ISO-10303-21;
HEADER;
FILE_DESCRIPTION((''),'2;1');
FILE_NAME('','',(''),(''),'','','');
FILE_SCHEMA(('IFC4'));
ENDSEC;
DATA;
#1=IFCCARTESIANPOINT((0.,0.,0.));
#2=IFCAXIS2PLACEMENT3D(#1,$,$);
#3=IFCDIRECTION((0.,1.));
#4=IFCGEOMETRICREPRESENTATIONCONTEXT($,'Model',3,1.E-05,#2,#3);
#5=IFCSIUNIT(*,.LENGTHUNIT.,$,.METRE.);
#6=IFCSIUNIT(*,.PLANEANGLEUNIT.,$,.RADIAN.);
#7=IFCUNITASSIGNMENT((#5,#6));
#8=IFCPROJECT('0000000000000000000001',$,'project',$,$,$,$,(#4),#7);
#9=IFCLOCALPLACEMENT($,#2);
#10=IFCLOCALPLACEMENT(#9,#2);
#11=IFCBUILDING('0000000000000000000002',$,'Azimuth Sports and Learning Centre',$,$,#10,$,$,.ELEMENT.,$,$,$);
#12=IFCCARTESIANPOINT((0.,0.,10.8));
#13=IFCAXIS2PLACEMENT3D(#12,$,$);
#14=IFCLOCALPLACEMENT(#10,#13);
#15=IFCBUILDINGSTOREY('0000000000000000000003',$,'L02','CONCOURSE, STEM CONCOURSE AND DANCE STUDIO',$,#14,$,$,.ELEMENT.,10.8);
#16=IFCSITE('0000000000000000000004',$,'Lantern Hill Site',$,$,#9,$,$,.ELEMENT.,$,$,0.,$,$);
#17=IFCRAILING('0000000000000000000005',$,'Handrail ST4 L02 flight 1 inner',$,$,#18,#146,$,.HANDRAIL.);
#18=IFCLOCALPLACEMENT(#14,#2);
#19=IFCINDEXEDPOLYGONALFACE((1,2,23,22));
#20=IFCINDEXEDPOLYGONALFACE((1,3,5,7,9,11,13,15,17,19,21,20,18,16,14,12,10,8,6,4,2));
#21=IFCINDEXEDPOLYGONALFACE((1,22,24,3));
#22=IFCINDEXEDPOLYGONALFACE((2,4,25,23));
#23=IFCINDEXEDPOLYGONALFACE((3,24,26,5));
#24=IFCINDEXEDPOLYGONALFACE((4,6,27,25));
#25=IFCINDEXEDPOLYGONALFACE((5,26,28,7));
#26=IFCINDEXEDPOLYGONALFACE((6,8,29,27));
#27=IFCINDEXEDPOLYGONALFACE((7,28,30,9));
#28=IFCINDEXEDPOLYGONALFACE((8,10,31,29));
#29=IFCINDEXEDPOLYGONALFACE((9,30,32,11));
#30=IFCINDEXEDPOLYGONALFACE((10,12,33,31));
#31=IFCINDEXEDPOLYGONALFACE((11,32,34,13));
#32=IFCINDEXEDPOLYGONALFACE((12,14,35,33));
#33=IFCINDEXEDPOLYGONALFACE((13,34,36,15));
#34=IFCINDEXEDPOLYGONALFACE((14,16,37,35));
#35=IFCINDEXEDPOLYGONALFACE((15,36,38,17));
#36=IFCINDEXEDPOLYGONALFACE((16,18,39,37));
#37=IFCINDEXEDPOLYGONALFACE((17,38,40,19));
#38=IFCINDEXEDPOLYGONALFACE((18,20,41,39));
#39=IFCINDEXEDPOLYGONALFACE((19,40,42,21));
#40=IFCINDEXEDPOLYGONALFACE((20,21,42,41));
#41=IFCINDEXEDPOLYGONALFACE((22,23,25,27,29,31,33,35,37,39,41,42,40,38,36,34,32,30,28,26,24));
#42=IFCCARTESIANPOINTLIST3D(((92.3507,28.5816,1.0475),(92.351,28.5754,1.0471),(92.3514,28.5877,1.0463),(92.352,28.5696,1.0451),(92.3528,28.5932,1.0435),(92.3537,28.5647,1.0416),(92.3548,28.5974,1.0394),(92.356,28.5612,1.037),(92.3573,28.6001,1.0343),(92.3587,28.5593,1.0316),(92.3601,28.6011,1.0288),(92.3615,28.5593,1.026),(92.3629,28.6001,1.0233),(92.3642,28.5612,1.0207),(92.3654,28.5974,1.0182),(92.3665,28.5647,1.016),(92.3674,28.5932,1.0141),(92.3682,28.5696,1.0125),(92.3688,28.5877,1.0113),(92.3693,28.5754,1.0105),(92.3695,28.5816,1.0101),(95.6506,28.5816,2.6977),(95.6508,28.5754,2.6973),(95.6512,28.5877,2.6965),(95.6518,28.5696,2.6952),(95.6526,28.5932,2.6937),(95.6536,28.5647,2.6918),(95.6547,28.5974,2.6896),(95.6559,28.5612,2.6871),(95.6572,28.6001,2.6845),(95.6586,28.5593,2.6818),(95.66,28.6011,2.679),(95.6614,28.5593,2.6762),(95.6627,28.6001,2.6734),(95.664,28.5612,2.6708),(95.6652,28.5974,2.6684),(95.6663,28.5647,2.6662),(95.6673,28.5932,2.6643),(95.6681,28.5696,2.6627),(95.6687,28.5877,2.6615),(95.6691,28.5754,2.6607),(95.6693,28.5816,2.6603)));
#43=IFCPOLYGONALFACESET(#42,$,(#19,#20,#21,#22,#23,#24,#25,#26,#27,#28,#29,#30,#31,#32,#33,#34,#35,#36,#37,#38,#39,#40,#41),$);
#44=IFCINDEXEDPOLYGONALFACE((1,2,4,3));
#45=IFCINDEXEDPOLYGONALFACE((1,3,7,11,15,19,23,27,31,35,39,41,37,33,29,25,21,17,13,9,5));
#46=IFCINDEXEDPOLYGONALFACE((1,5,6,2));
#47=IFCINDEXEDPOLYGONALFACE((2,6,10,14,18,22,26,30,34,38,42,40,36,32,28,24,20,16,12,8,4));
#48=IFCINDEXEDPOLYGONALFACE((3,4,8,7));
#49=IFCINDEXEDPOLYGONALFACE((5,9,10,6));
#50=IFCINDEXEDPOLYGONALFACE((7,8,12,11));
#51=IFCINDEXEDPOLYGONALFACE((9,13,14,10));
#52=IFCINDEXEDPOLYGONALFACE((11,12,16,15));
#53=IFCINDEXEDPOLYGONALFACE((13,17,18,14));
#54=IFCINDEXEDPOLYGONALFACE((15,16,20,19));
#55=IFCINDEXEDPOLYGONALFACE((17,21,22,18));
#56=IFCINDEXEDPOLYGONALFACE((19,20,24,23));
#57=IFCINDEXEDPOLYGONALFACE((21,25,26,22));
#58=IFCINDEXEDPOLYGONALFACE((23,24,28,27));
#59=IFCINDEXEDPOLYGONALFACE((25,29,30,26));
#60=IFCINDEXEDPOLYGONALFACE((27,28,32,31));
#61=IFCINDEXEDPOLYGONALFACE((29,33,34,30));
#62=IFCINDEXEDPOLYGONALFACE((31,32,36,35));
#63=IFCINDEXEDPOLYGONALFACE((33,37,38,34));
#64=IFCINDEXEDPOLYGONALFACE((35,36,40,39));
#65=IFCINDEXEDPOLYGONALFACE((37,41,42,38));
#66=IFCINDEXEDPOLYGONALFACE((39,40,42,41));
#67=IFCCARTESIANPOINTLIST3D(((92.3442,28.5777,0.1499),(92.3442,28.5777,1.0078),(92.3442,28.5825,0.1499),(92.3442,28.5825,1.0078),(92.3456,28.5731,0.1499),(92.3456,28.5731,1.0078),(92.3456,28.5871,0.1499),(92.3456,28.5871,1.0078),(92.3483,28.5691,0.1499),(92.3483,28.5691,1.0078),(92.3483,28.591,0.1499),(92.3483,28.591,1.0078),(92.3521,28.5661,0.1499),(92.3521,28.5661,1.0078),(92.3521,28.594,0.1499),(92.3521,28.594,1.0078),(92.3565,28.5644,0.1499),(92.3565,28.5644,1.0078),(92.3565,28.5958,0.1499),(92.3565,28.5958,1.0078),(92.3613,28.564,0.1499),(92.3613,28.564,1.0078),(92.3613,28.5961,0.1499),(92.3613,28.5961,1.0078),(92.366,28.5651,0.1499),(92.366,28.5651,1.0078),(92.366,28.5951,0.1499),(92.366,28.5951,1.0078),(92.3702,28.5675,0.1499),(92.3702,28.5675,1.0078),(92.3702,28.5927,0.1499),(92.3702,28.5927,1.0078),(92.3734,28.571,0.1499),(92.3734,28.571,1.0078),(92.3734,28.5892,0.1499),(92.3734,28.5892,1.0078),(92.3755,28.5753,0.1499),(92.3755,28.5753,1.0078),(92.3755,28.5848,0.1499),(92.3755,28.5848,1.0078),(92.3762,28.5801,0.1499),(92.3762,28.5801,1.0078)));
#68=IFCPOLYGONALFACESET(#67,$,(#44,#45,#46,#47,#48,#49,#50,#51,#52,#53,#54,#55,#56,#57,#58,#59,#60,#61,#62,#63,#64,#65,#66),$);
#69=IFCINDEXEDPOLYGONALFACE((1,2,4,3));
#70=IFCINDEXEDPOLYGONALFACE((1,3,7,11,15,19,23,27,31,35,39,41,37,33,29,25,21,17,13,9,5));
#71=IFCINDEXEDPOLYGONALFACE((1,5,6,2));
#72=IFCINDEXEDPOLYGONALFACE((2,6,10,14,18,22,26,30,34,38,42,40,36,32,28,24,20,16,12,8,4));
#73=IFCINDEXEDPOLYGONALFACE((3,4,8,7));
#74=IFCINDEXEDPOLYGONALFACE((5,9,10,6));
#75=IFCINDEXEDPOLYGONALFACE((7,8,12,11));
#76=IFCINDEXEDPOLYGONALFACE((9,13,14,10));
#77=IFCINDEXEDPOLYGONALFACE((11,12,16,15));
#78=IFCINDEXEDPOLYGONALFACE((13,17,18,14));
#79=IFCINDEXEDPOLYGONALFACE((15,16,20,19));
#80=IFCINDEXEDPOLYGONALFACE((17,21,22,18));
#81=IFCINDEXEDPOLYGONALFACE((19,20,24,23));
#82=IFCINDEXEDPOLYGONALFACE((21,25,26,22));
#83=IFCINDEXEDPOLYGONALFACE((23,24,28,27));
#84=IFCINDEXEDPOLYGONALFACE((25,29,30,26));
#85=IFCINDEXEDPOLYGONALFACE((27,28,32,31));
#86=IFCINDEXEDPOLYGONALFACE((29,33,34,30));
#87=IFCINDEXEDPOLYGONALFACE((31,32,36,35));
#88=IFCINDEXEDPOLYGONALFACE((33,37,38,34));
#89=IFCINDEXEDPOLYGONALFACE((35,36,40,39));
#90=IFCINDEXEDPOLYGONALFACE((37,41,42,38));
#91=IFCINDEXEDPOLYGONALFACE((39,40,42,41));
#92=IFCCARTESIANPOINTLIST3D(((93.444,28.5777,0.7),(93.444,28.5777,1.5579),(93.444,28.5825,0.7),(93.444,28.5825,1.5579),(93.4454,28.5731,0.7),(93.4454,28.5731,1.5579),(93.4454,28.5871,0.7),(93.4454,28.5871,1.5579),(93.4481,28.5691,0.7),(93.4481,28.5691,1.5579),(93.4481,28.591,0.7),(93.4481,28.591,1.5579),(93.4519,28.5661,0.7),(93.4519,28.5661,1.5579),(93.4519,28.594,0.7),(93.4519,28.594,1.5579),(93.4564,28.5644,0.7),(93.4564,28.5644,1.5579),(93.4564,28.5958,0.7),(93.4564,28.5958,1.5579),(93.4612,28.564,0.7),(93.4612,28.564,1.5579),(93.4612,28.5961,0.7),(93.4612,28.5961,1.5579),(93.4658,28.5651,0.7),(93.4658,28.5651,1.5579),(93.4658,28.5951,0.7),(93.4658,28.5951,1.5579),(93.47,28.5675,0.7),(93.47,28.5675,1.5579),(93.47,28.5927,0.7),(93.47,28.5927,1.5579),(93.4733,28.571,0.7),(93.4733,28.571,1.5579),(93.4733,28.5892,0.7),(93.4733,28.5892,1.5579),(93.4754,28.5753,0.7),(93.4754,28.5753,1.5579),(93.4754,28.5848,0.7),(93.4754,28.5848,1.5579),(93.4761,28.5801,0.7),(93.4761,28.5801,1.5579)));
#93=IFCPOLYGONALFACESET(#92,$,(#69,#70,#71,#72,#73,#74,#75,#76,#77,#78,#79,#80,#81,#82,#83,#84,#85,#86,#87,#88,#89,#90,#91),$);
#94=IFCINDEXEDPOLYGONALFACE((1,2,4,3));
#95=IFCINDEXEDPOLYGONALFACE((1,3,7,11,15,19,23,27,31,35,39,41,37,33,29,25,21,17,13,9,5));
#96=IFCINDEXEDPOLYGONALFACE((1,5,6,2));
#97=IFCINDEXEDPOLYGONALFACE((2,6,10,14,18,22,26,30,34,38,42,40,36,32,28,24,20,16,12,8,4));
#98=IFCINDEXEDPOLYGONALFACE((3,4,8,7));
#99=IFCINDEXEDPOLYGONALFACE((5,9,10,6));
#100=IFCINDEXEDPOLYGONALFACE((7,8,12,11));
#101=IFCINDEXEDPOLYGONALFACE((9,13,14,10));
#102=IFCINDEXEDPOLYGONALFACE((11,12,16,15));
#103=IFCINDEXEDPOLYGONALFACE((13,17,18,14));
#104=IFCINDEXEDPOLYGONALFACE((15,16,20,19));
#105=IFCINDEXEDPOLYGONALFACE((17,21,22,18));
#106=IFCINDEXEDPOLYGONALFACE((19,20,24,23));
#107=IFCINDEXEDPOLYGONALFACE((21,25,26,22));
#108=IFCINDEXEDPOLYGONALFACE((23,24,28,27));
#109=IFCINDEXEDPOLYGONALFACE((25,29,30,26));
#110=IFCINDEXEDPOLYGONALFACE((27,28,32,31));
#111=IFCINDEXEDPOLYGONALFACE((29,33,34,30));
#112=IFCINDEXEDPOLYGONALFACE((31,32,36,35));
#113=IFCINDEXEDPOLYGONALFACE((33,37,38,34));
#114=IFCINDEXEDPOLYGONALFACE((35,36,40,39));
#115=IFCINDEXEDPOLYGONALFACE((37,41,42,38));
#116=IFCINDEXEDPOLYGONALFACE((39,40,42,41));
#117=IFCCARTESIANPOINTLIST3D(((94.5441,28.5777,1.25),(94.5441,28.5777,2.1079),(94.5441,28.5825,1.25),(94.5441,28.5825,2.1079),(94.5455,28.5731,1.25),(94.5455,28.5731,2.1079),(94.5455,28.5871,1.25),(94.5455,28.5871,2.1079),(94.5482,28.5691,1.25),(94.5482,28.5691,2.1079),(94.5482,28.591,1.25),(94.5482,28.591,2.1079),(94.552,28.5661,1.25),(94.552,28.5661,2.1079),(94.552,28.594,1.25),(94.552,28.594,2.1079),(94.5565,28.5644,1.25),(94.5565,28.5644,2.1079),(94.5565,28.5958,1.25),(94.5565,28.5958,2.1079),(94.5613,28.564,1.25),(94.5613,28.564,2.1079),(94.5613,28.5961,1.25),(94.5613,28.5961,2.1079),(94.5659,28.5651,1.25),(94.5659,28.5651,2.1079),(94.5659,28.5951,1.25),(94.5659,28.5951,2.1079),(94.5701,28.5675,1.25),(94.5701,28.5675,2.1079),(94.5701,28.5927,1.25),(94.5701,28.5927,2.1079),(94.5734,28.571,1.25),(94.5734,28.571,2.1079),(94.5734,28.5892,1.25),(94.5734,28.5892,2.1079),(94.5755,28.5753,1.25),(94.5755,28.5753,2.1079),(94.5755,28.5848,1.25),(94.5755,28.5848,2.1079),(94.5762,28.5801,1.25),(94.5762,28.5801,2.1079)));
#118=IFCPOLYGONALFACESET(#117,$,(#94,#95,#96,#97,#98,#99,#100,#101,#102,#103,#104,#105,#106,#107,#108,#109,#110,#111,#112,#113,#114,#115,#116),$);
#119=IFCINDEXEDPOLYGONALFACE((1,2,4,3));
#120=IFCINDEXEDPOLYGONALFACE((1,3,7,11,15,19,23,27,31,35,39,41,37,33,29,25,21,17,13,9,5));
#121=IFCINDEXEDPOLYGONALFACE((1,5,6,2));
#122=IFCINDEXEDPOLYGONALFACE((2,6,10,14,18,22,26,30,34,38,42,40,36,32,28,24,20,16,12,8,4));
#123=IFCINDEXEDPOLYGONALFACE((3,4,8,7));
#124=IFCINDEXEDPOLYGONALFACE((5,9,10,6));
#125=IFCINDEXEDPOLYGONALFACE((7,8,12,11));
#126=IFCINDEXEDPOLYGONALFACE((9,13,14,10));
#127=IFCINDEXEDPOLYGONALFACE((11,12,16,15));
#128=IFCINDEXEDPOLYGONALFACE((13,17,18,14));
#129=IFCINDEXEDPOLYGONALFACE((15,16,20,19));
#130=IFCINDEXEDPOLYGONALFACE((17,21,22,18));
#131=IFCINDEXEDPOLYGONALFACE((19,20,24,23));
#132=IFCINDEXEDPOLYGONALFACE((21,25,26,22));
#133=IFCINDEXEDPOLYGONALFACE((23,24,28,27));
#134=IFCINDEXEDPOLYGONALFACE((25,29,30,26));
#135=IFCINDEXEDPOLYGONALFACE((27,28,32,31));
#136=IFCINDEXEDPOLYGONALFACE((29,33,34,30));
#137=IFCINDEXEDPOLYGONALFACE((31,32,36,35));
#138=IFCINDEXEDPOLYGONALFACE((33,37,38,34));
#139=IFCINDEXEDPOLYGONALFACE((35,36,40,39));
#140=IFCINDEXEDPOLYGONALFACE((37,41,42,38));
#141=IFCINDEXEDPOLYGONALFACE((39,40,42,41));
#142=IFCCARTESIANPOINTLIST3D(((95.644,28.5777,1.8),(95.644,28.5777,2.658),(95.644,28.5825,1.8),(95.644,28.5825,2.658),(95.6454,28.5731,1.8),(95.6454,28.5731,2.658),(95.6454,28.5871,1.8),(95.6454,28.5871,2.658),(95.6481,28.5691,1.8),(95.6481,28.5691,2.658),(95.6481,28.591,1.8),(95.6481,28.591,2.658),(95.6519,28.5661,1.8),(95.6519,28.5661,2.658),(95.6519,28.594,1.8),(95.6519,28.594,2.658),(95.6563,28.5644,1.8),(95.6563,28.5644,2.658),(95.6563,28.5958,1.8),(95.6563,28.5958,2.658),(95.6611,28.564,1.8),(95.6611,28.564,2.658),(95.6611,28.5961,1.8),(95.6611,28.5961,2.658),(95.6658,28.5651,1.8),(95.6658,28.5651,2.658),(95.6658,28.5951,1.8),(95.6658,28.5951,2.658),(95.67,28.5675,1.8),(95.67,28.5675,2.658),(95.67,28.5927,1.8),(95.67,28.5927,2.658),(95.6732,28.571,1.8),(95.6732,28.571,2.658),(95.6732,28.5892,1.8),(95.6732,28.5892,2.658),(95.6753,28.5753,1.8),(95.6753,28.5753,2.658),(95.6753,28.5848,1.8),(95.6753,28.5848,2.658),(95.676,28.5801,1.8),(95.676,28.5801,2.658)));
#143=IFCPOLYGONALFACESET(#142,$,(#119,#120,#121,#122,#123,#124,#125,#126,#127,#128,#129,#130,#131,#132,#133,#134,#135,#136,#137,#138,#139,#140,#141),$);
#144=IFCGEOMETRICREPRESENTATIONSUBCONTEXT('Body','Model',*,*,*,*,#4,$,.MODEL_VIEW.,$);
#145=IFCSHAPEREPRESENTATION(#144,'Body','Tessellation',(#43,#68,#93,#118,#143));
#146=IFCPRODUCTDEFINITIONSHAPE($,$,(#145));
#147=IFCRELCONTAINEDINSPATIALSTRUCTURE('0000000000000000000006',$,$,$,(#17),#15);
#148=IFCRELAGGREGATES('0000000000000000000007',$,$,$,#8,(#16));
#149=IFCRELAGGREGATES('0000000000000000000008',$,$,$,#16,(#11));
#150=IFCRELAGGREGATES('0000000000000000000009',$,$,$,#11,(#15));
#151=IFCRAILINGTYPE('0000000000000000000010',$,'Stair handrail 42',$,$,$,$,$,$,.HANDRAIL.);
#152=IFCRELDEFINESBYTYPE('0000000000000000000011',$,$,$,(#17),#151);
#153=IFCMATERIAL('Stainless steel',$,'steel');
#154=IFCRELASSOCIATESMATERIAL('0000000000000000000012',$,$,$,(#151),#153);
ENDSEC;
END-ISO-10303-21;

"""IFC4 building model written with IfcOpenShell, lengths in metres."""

from ifc_helpers import new_model, si_unit, direction, frame, origin, origin_2d, place, context, subcontext, project, spatial, circle, extrude, material, type_object, element, save


model = new_model("IFC4")

# Units and contexts
model_context = context("Model", 3, precision=1e-05, world=origin(), true_north=direction((0.0, 1.0)))
body_context = subcontext(model_context, "Body", "Model", "MODEL_VIEW")
ifc_project = project(units=[si_unit("LENGTHUNIT", "METRE"), si_unit("PLANEANGLEUNIT", "RADIAN")], contexts=[model_context])

# Site, building, storey
site_placement = place(None, origin())
site = spatial("IfcSite", under=ifc_project, at=site_placement, Name="Lantern Hill Site", CompositionType="ELEMENT", RefElevation=0.0)
building_placement = place(site_placement, origin())
building = spatial("IfcBuilding", under=site, at=building_placement, Name="Azimuth Sports and Learning Centre", CompositionType="ELEMENT")
storey_placement = place(building_placement, frame((0.0, 0.0, 10.8)))
storey = spatial("IfcBuildingStorey", under=building, at=storey_placement, Name="L02", Description="CONCOURSE, STEM CONCOURSE AND DANCE STUDIO", CompositionType="ELEMENT", Elevation=10.8)

# Railing
ifc_material_1 = material(Name="Stainless steel", Category="steel")
railing_type_1 = type_object("IfcRailingType", Name="Stair handrail 42", PredefinedType="HANDRAIL", material=ifc_material_1)
for number, where, name in (
    (1, (92.3601, 28.5801, 0.1499), "Handrail ST4 L02 flight 1 inner"),
):
    element("IfcRailing", number, at=place(storey_placement, frame(where)), inside=storey, type_object=railing_type_1, Name=name, PredefinedType="HANDRAIL", context=body_context, shape_type="SweptSolid", body=[
        extrude(circle(Radius=0.021, at=origin_2d()), frame((0.0, 0.0, 0.8789), z_axis=(0.894401, 0.0, 0.447267), x_axis=(0.0, 1.0, 0.0)), (0.0, 0.0, 1.0), 3.6895),
        extrude(circle(Radius=0.0161, at=origin_2d()), origin(), (0.0, 0.0, 1.0), 0.8579),
        extrude(circle(Radius=0.0161, at=origin_2d()), frame((1.0999, 0.0, 0.55)), (0.0, 0.0, 1.0), 0.8579),
        extrude(circle(Radius=0.0161, at=origin_2d()), frame((2.2, 0.0, 1.1001)), (0.0, 0.0, 1.0), 0.8579),
        extrude(circle(Radius=0.0161, at=origin_2d()), frame((3.2998, 0.0, 1.6501)), (0.0, 0.0, 1.0), 0.8579),
    ])

save(model, "model.ifc")
